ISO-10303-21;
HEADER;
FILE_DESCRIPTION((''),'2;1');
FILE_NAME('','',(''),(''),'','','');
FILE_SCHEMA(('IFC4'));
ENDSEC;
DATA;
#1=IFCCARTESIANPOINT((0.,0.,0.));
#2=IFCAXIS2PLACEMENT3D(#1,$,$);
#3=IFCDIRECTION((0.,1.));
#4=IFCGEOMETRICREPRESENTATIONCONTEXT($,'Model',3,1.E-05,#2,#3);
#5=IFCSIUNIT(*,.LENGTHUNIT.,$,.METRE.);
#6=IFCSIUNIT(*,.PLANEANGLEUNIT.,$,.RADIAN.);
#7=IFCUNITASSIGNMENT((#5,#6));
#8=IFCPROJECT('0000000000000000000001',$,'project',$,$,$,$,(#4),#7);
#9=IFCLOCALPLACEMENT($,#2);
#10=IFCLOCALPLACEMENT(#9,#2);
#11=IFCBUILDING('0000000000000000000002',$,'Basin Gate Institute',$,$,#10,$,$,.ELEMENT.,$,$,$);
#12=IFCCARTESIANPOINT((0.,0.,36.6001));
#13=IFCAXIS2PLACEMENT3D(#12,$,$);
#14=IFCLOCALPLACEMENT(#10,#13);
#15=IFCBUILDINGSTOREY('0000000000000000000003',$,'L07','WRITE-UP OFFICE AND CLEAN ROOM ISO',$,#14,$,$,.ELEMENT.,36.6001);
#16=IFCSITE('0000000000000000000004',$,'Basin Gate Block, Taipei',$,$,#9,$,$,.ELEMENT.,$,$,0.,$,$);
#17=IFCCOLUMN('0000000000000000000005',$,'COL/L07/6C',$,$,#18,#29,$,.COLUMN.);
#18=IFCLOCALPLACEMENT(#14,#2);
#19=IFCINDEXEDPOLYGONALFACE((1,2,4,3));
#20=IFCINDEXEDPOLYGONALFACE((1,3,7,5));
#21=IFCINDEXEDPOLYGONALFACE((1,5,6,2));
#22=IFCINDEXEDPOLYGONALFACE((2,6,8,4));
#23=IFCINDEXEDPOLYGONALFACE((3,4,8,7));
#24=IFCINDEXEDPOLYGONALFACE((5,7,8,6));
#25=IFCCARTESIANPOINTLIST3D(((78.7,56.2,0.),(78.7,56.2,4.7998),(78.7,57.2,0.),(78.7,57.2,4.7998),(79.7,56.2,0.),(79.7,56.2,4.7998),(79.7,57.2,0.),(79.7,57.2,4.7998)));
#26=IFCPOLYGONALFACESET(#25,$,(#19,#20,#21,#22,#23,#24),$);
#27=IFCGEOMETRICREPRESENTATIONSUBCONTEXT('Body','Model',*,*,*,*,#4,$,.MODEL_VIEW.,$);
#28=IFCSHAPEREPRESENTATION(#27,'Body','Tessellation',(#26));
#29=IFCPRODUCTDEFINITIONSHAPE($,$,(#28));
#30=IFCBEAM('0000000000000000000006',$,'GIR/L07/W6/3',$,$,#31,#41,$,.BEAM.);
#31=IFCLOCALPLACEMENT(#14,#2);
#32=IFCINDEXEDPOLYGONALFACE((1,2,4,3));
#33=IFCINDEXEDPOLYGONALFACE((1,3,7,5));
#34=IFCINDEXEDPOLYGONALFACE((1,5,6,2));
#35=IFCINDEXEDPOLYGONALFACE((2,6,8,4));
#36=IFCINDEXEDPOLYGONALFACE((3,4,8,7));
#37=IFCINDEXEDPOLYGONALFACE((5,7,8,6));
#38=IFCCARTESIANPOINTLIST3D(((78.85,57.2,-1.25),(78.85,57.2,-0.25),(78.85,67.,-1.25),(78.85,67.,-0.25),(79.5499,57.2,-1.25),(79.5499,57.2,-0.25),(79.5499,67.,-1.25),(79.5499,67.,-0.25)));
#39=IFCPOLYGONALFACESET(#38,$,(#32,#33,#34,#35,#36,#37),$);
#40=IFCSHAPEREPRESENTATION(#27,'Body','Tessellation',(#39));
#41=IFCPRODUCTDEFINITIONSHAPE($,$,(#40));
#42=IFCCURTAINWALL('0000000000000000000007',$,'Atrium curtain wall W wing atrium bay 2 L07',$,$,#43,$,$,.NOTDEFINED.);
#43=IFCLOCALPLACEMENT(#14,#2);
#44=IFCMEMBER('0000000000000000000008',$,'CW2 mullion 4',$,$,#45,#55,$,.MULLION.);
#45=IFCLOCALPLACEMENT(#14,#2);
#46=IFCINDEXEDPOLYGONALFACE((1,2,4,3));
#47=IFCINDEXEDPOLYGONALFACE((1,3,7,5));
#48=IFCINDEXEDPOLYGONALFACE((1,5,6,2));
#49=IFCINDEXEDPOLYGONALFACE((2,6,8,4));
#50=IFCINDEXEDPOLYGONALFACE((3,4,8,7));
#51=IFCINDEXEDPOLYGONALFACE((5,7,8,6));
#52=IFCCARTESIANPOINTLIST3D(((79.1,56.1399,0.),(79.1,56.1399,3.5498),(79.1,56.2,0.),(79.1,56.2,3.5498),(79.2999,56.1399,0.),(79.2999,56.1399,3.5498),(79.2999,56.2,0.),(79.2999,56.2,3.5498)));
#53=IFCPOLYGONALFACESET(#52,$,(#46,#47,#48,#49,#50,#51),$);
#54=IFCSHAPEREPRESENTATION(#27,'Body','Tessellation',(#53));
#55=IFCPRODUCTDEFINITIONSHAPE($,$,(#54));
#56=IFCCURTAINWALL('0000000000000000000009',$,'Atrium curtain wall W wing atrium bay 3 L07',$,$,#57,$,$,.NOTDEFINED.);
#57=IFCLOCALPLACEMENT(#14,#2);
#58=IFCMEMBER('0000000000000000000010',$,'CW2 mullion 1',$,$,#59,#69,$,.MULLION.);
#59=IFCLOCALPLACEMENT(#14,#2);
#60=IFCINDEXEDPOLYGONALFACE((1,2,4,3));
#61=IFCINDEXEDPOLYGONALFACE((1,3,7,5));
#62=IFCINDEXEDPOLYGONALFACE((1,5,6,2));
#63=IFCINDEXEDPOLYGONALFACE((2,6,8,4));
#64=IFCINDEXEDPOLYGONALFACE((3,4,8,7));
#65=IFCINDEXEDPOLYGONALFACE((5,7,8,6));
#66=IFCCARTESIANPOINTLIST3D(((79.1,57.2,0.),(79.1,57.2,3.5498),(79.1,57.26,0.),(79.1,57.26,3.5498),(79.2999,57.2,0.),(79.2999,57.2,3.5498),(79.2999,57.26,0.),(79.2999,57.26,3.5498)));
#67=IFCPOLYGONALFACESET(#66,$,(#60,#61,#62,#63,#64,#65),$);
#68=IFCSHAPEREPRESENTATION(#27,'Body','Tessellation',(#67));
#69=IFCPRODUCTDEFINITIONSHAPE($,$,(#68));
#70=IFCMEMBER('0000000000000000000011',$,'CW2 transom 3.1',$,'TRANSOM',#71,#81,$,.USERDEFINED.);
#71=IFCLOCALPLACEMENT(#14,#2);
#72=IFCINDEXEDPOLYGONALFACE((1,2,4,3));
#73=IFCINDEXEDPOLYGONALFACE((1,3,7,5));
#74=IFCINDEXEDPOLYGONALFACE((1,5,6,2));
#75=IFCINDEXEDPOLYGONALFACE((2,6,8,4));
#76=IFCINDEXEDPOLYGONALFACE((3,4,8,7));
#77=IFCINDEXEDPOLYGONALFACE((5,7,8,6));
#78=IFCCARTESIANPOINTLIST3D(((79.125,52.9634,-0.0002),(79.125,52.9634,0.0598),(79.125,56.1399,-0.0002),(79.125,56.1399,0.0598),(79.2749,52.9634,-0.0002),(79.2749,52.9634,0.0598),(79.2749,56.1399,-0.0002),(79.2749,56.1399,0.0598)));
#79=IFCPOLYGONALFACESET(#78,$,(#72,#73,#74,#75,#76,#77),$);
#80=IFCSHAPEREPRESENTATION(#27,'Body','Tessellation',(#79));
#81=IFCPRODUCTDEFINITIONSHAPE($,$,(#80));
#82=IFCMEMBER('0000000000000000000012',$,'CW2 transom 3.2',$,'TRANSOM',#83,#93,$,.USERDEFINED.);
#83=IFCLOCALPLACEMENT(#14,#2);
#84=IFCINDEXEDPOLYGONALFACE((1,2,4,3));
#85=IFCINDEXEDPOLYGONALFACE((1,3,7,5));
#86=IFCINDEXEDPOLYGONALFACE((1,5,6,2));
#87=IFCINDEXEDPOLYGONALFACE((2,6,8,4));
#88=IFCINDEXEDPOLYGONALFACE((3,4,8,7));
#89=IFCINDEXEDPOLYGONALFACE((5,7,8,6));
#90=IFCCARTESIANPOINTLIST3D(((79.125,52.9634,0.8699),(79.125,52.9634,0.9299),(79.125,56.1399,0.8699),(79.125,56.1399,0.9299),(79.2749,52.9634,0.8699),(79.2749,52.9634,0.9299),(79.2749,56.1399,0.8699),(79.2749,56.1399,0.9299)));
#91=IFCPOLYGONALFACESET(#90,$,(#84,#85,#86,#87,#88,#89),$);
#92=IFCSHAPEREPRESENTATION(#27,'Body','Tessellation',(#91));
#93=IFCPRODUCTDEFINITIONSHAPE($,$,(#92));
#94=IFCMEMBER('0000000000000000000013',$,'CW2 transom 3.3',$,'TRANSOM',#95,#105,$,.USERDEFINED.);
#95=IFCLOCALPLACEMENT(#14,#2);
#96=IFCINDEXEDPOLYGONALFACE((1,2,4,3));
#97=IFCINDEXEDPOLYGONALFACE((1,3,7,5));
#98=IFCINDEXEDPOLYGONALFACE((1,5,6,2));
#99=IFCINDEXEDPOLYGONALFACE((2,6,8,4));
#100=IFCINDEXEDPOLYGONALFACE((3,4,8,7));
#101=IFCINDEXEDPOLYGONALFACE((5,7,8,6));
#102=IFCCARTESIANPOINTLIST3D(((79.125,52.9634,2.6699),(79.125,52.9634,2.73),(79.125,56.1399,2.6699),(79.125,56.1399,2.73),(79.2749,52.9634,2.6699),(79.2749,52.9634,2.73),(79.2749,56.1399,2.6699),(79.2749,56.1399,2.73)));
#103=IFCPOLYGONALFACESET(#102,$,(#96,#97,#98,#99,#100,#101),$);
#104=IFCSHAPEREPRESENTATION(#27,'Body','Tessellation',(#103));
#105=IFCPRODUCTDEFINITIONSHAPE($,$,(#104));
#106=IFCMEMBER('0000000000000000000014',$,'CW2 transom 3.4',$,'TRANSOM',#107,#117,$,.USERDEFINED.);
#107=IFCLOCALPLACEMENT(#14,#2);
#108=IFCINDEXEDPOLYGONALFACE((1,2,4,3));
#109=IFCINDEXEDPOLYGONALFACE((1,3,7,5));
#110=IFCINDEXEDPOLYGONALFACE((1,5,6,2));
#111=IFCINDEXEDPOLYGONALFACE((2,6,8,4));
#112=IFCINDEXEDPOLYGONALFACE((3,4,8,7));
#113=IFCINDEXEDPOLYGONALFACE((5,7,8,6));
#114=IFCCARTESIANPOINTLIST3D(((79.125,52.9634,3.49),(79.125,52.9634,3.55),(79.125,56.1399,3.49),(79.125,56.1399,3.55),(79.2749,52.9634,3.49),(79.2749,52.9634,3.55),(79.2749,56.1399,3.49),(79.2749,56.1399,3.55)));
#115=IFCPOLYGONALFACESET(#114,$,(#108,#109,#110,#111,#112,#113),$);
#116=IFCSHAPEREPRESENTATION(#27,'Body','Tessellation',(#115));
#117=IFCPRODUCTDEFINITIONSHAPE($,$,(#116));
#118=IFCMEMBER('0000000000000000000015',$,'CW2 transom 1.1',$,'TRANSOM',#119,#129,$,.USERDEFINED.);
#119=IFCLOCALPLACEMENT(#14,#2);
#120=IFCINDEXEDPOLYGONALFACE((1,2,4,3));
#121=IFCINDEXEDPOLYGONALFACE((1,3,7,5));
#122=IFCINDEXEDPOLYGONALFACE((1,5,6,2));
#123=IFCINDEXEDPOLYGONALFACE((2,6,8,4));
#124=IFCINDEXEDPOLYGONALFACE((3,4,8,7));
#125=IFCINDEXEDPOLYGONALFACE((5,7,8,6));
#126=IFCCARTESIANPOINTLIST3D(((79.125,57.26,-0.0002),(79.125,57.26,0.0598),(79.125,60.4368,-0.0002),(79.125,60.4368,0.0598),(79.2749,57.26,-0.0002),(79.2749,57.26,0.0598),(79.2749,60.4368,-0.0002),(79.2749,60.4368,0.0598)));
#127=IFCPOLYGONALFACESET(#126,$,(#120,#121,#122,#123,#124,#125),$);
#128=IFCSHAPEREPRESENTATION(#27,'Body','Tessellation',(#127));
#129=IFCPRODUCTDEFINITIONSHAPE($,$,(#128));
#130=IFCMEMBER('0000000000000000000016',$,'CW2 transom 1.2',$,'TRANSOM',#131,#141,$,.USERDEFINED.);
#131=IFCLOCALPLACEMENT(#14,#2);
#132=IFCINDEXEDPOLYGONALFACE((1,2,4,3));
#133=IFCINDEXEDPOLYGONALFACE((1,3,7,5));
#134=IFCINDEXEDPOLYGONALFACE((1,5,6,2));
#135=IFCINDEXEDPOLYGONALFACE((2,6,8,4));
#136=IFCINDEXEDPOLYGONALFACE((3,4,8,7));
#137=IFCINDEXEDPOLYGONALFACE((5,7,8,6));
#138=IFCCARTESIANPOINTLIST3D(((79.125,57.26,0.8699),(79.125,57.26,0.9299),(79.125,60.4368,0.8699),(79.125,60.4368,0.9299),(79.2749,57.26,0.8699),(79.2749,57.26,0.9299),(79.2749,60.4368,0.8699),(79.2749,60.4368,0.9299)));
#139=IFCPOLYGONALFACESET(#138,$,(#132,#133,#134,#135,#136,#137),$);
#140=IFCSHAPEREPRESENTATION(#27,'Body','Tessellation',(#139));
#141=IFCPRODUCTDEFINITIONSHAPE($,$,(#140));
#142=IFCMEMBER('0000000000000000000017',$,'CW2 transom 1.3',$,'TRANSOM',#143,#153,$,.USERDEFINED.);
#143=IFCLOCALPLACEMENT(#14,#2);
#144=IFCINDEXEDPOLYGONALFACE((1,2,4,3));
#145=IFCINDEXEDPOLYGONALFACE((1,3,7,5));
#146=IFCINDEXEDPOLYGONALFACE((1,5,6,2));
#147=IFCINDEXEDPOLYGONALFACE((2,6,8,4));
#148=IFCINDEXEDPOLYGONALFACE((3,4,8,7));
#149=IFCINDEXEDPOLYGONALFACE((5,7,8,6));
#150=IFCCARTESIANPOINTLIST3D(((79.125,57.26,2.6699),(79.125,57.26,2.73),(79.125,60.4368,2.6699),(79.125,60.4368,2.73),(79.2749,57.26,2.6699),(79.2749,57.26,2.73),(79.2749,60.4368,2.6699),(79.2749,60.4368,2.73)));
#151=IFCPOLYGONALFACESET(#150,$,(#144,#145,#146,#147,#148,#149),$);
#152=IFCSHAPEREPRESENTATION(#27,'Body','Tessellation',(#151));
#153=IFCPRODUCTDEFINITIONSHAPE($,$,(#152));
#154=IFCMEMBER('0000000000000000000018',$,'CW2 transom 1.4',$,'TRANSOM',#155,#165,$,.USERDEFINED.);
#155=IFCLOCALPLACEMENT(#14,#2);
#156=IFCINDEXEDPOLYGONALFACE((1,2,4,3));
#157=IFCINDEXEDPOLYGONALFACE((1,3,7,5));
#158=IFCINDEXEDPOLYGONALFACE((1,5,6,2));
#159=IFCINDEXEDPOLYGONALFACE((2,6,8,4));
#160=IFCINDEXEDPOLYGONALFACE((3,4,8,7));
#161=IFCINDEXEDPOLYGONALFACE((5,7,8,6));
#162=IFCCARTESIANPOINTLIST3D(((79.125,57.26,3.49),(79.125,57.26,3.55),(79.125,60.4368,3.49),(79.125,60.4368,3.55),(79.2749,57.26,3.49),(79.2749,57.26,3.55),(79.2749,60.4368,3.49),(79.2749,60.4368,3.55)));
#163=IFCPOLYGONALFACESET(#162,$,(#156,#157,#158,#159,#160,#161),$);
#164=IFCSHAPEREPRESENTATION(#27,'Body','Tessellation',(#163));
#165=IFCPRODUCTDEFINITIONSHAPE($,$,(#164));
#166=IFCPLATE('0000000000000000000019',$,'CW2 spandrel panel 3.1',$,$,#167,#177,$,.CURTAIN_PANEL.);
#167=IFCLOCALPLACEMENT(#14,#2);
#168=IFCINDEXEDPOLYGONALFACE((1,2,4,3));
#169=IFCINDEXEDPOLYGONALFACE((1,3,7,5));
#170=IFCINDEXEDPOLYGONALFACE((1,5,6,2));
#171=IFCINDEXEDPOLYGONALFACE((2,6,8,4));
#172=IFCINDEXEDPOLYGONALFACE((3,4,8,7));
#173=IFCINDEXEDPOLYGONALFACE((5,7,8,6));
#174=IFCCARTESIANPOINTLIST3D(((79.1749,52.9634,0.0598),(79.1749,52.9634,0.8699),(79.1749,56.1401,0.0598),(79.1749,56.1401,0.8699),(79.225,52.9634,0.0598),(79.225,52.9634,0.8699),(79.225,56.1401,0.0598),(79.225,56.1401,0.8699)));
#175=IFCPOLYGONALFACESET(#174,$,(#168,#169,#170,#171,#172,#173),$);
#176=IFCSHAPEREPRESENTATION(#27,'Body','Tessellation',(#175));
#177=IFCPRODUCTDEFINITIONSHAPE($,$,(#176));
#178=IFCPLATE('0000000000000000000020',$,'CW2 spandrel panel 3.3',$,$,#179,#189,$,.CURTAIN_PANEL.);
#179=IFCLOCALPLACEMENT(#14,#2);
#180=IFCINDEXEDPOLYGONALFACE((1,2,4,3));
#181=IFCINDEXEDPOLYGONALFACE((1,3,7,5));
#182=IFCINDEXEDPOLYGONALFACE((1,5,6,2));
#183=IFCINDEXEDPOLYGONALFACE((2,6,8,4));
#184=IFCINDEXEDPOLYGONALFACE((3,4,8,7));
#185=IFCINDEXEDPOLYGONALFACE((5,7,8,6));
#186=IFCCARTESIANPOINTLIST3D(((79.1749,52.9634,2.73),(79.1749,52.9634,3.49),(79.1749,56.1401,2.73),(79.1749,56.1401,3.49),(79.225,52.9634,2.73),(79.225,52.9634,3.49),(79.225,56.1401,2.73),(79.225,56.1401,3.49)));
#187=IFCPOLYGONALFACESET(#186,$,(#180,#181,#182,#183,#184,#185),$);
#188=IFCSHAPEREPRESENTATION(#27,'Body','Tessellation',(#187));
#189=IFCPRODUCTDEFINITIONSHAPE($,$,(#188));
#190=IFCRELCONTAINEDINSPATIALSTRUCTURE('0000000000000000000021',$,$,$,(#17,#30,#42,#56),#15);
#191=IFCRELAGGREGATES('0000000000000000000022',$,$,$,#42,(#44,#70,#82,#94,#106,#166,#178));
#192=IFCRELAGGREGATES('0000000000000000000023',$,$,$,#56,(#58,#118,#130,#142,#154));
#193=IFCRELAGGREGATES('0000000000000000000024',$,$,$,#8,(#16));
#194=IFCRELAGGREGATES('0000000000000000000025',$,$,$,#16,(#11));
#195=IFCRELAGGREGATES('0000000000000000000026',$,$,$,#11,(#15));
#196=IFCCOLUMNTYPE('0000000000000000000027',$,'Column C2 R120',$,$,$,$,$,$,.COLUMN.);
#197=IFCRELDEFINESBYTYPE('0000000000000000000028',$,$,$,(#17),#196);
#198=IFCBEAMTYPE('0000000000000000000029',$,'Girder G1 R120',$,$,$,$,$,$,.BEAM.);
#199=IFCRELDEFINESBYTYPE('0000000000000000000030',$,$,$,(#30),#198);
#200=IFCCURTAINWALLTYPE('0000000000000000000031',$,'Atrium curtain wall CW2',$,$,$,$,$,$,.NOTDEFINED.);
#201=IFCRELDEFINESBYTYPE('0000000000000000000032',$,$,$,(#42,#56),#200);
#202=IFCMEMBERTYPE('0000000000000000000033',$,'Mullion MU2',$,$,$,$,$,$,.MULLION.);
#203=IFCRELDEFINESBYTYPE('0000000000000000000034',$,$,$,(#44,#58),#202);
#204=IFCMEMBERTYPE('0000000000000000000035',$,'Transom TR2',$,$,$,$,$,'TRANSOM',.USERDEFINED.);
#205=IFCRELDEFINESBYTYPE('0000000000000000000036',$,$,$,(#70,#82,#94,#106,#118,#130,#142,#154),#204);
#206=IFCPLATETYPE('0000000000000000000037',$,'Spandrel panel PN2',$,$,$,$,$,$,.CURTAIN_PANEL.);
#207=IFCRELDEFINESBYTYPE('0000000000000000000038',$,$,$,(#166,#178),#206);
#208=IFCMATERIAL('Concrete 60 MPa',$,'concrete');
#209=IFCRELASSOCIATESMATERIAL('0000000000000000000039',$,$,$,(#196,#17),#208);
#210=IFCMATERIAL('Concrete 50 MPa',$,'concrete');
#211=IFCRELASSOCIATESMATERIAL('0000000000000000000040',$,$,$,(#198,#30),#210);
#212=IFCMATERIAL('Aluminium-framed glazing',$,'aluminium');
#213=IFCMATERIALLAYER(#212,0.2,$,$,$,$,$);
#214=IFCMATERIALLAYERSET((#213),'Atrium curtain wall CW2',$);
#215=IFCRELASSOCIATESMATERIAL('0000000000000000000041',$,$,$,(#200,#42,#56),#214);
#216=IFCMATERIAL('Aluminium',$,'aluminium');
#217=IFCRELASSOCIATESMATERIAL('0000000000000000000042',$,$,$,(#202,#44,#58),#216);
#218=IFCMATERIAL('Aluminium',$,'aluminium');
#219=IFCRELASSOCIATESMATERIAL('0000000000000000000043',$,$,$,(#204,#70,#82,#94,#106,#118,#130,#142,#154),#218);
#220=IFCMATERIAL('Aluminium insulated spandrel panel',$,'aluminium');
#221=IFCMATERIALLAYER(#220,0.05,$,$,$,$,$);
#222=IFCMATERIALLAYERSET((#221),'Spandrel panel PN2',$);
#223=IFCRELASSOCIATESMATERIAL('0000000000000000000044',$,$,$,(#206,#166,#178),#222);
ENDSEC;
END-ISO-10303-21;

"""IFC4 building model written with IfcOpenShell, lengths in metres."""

from ifc_helpers import new_model, si_unit, direction, frame, origin, origin_2d, place, context, subcontext, project, spatial, rectangle, extrude, material, layer, layer_set, material_profile, profile_set, type_object, element, aggregate, save


model = new_model("IFC4")

# Units and contexts
model_context = context("Model", 3, precision=1e-05, world=origin(), true_north=direction((0.0, 1.0)))
body_context = subcontext(model_context, "Body", "Model", "MODEL_VIEW")
ifc_project = project(units=[si_unit("LENGTHUNIT", "METRE"), si_unit("PLANEANGLEUNIT", "RADIAN")], contexts=[model_context])

# Site, building, storey
site_placement = place(None, origin())
site = spatial("IfcSite", under=ifc_project, at=site_placement, Name="Basin Gate Block, Taipei", CompositionType="ELEMENT", RefElevation=0.0)
building_placement = place(site_placement, origin())
building = spatial("IfcBuilding", under=site, at=building_placement, Name="Basin Gate Institute", CompositionType="ELEMENT")
storey_placement = place(building_placement, frame((0.0, 0.0, 36.6001)))
storey = spatial("IfcBuildingStorey", under=building, at=storey_placement, Name="L07", Description="WRITE-UP OFFICE AND CLEAN ROOM ISO", CompositionType="ELEMENT", Elevation=36.6001)

# Column
ifc_material_1 = material(Name="Concrete 60 MPa", Category="concrete")
ifc_material_profile_1 = material_profile(ifc_material_1, rectangle(XDim=1.0, YDim=1.0, at=origin_2d()), Name="Column C2 1000 x 1000")
ifc_profile_set_1 = profile_set([ifc_material_profile_1], Name="Concrete 60 MPa")
column_type = type_object("IfcColumnType", Name="Column C2 R120", PredefinedType="COLUMN", material=ifc_profile_set_1)
column_placement = place(storey_placement, frame((79.2, 56.7, 0.0), z_axis=(0.0, 0.0, 1.0), x_axis=(1.0, 0.0, 0.0)))
element("IfcColumn", 1, at=column_placement, inside=storey, type_object=column_type, material=ifc_profile_set_1, Name="COL/L07/6C", PredefinedType="COLUMN", context=body_context, shape_type="SweptSolid", body=[
    extrude(rectangle(XDim=1.0, YDim=1.0, at=origin_2d()), origin(), (0.0, 0.0, 1.0), 4.7998),
])

# Beam
ifc_material_2 = material(Name="Concrete 50 MPa", Category="concrete")
ifc_material_profile_2 = material_profile(ifc_material_2, rectangle(XDim=0.7, YDim=1.0, at=origin_2d()), Name="Girder G1 700 x 1000")
ifc_profile_set_2 = profile_set([ifc_material_profile_2], Name="Concrete 50 MPa")
beam_type = type_object("IfcBeamType", Name="Girder G1 R120", PredefinedType="BEAM", material=ifc_profile_set_2)
beam_placement = place(storey_placement, frame((79.2, 57.2, -0.75), z_axis=(0.0, 1.0, 0.0), x_axis=(-1.0, 0.0, 0.0)))
element("IfcBeam", 2, at=beam_placement, inside=storey, type_object=beam_type, material=ifc_profile_set_2, Name="GIR/L07/W6/3", PredefinedType="BEAM", context=body_context, shape_type="SweptSolid", body=[
    extrude(rectangle(XDim=0.7, YDim=1.0, at=origin_2d()), origin(), (0.0, 0.0, 1.0), 9.8),
])

# Curtain walls, members
ifc_material_3 = material(Name="Aluminium-framed glazing", Category="aluminium")
ifc_layer_1 = layer(ifc_material_3, 0.2)
ifc_layer_set_1 = layer_set([ifc_layer_1], Name="Atrium curtain wall CW2")
curtain_wall_type = type_object("IfcCurtainWallType", Name="Atrium curtain wall CW2", PredefinedType="NOTDEFINED", material=ifc_layer_set_1)
curtain_wall_1_placement = place(storey_placement, origin())
curtain_wall_1 = element("IfcCurtainWall", 3, at=curtain_wall_1_placement, inside=storey, type_object=curtain_wall_type, material=ifc_layer_set_1, Name="Atrium curtain wall W wing atrium bay 2 L07", PredefinedType="NOTDEFINED")
ifc_material_4 = material(Name="Aluminium", Category="aluminium")
ifc_material_profile_3 = material_profile(ifc_material_4, rectangle(XDim=0.2, YDim=0.0601, at=origin_2d()), Name="Mullion MU2 200 x 60")
ifc_profile_set_3 = profile_set([ifc_material_profile_3], Name="Aluminium")
member_type_1 = type_object("IfcMemberType", Name="Mullion MU2", PredefinedType="MULLION", material=ifc_profile_set_3)
member_1_placement = place(storey_placement, frame((79.2, 56.1699, 0.0), z_axis=(0.0, 0.0, 1.0), x_axis=(-1.0, 0.0, 0.0)))
member_1 = element("IfcMember", 4, at=member_1_placement, type_object=member_type_1, material=ifc_profile_set_3, Name="CW2 mullion 4", PredefinedType="MULLION", context=body_context, shape_type="SweptSolid", body=[
    extrude(rectangle(XDim=0.2, YDim=0.0601, at=origin_2d()), origin(), (0.0, 0.0, 1.0), 3.5498),
])
curtain_wall_2_placement = place(storey_placement, origin())
curtain_wall_2 = element("IfcCurtainWall", 5, at=curtain_wall_2_placement, inside=storey, type_object=curtain_wall_type, material=ifc_layer_set_1, Name="Atrium curtain wall W wing atrium bay 3 L07", PredefinedType="NOTDEFINED")
member_2_placement = place(storey_placement, frame((79.2, 57.23, 0.0), z_axis=(0.0, 0.0, 1.0), x_axis=(-1.0, 0.0, 0.0)))
member_2 = element("IfcMember", 6, at=member_2_placement, type_object=member_type_1, material=ifc_profile_set_3, Name="CW2 mullion 1", PredefinedType="MULLION", context=body_context, shape_type="SweptSolid", body=[
    extrude(rectangle(XDim=0.2, YDim=0.0601, at=origin_2d()), origin(), (0.0, 0.0, 1.0), 3.5498),
])

# Members
ifc_material_5 = material(Name="Aluminium", Category="aluminium")
ifc_material_profile_4 = material_profile(ifc_material_5, rectangle(XDim=0.1499, YDim=0.0601, at=origin_2d()), Name="Transom TR2 150 x 60")
ifc_profile_set_4 = profile_set([ifc_material_profile_4], Name="Aluminium")
member_type_2 = type_object("IfcMemberType", Name="Transom TR2", ElementType="TRANSOM", PredefinedType="USERDEFINED", material=ifc_profile_set_4)
member_3_placement = place(storey_placement, frame((79.2, 52.9634, 0.0298), z_axis=(0.0, 1.0, 0.0), x_axis=(-1.0, 0.0, 0.0)))
member_3 = element("IfcMember", 7, at=member_3_placement, type_object=member_type_2, material=ifc_profile_set_4, Name="CW2 transom 3.1", ObjectType="TRANSOM", PredefinedType="USERDEFINED", context=body_context, shape_type="SweptSolid", body=[
    extrude(rectangle(XDim=0.1499, YDim=0.0601, at=origin_2d()), origin(), (0.0, 0.0, 1.0), 3.1765),
])
member_4_placement = place(storey_placement, frame((79.2, 52.9634, 0.8999), z_axis=(0.0, 1.0, 0.0), x_axis=(-1.0, 0.0, 0.0)))
member_4 = element("IfcMember", 8, at=member_4_placement, type_object=member_type_2, material=ifc_profile_set_4, Name="CW2 transom 3.2", ObjectType="TRANSOM", PredefinedType="USERDEFINED", context=body_context, shape_type="SweptSolid", body=[
    extrude(rectangle(XDim=0.1499, YDim=0.0601, at=origin_2d()), origin(), (0.0, 0.0, 1.0), 3.1765),
])
member_5_placement = place(storey_placement, frame((79.2, 52.9634, 2.7), z_axis=(0.0, 1.0, 0.0), x_axis=(-1.0, 0.0, 0.0)))
member_5 = element("IfcMember", 9, at=member_5_placement, type_object=member_type_2, material=ifc_profile_set_4, Name="CW2 transom 3.3", ObjectType="TRANSOM", PredefinedType="USERDEFINED", context=body_context, shape_type="SweptSolid", body=[
    extrude(rectangle(XDim=0.1499, YDim=0.0601, at=origin_2d()), origin(), (0.0, 0.0, 1.0), 3.1765),
])
member_6_placement = place(storey_placement, frame((79.2, 52.9634, 3.52), z_axis=(0.0, 1.0, 0.0), x_axis=(-1.0, 0.0, 0.0)))
member_6 = element("IfcMember", 10, at=member_6_placement, type_object=member_type_2, material=ifc_profile_set_4, Name="CW2 transom 3.4", ObjectType="TRANSOM", PredefinedType="USERDEFINED", context=body_context, shape_type="SweptSolid", body=[
    extrude(rectangle(XDim=0.1499, YDim=0.0601, at=origin_2d()), origin(), (0.0, 0.0, 1.0), 3.1765),
])
member_7_placement = place(storey_placement, frame((79.2, 57.26, 0.0298), z_axis=(0.0, 1.0, 0.0), x_axis=(-1.0, 0.0, 0.0)))
member_7 = element("IfcMember", 11, at=member_7_placement, type_object=member_type_2, material=ifc_profile_set_4, Name="CW2 transom 1.1", ObjectType="TRANSOM", PredefinedType="USERDEFINED", context=body_context, shape_type="SweptSolid", body=[
    extrude(rectangle(XDim=0.1499, YDim=0.0601, at=origin_2d()), origin(), (0.0, 0.0, 1.0), 3.1768),
])
member_8_placement = place(storey_placement, frame((79.2, 57.26, 0.8999), z_axis=(0.0, 1.0, 0.0), x_axis=(-1.0, 0.0, 0.0)))
member_8 = element("IfcMember", 12, at=member_8_placement, type_object=member_type_2, material=ifc_profile_set_4, Name="CW2 transom 1.2", ObjectType="TRANSOM", PredefinedType="USERDEFINED", context=body_context, shape_type="SweptSolid", body=[
    extrude(rectangle(XDim=0.1499, YDim=0.0601, at=origin_2d()), origin(), (0.0, 0.0, 1.0), 3.1768),
])
member_9_placement = place(storey_placement, frame((79.2, 57.26, 2.7), z_axis=(0.0, 1.0, 0.0), x_axis=(-1.0, 0.0, 0.0)))
member_9 = element("IfcMember", 13, at=member_9_placement, type_object=member_type_2, material=ifc_profile_set_4, Name="CW2 transom 1.3", ObjectType="TRANSOM", PredefinedType="USERDEFINED", context=body_context, shape_type="SweptSolid", body=[
    extrude(rectangle(XDim=0.1499, YDim=0.0601, at=origin_2d()), origin(), (0.0, 0.0, 1.0), 3.1768),
])
member_10_placement = place(storey_placement, frame((79.2, 57.26, 3.52), z_axis=(0.0, 1.0, 0.0), x_axis=(-1.0, 0.0, 0.0)))
member_10 = element("IfcMember", 14, at=member_10_placement, type_object=member_type_2, material=ifc_profile_set_4, Name="CW2 transom 1.4", ObjectType="TRANSOM", PredefinedType="USERDEFINED", context=body_context, shape_type="SweptSolid", body=[
    extrude(rectangle(XDim=0.1499, YDim=0.0601, at=origin_2d()), origin(), (0.0, 0.0, 1.0), 3.1768),
])

# Plates
ifc_material_6 = material(Name="Aluminium insulated spandrel panel", Category="aluminium")
ifc_layer_2 = layer(ifc_material_6, 0.05)
ifc_layer_set_2 = layer_set([ifc_layer_2], Name="Spandrel panel PN2")
plate_type_1 = type_object("IfcPlateType", Name="Spandrel panel PN2", PredefinedType="CURTAIN_PANEL", material=ifc_layer_set_2)
plate_1_placement = place(storey_placement, frame((79.2, 54.5518, 0.0598), z_axis=(0.0, 0.0, 1.0), x_axis=(0.0, 1.0, 0.0)))
plate_1 = element("IfcPlate", 15, at=plate_1_placement, type_object=plate_type_1, material=ifc_layer_set_2, Name="CW2 spandrel panel 3.1", PredefinedType="CURTAIN_PANEL", context=body_context, shape_type="SweptSolid", body=[
    extrude(rectangle(XDim=3.1768, YDim=0.05, at=origin_2d()), origin(), (0.0, 0.0, 1.0), 0.8101),
])
plate_2_placement = place(storey_placement, frame((79.2, 54.5518, 2.73), z_axis=(0.0, 0.0, 1.0), x_axis=(0.0, 1.0, 0.0)))
plate_2 = element("IfcPlate", 16, at=plate_2_placement, type_object=plate_type_1, material=ifc_layer_set_2, Name="CW2 spandrel panel 3.3", PredefinedType="CURTAIN_PANEL", context=body_context, shape_type="SweptSolid", body=[
    extrude(rectangle(XDim=3.1768, YDim=0.05, at=origin_2d()), origin(), (0.0, 0.0, 1.0), 0.76),
])
aggregate(curtain_wall_1, [member_1, member_3, member_4, member_5, member_6, plate_1, plate_2])
aggregate(curtain_wall_2, [member_2, member_7, member_8, member_9, member_10])

save(model, "model.ifc")
